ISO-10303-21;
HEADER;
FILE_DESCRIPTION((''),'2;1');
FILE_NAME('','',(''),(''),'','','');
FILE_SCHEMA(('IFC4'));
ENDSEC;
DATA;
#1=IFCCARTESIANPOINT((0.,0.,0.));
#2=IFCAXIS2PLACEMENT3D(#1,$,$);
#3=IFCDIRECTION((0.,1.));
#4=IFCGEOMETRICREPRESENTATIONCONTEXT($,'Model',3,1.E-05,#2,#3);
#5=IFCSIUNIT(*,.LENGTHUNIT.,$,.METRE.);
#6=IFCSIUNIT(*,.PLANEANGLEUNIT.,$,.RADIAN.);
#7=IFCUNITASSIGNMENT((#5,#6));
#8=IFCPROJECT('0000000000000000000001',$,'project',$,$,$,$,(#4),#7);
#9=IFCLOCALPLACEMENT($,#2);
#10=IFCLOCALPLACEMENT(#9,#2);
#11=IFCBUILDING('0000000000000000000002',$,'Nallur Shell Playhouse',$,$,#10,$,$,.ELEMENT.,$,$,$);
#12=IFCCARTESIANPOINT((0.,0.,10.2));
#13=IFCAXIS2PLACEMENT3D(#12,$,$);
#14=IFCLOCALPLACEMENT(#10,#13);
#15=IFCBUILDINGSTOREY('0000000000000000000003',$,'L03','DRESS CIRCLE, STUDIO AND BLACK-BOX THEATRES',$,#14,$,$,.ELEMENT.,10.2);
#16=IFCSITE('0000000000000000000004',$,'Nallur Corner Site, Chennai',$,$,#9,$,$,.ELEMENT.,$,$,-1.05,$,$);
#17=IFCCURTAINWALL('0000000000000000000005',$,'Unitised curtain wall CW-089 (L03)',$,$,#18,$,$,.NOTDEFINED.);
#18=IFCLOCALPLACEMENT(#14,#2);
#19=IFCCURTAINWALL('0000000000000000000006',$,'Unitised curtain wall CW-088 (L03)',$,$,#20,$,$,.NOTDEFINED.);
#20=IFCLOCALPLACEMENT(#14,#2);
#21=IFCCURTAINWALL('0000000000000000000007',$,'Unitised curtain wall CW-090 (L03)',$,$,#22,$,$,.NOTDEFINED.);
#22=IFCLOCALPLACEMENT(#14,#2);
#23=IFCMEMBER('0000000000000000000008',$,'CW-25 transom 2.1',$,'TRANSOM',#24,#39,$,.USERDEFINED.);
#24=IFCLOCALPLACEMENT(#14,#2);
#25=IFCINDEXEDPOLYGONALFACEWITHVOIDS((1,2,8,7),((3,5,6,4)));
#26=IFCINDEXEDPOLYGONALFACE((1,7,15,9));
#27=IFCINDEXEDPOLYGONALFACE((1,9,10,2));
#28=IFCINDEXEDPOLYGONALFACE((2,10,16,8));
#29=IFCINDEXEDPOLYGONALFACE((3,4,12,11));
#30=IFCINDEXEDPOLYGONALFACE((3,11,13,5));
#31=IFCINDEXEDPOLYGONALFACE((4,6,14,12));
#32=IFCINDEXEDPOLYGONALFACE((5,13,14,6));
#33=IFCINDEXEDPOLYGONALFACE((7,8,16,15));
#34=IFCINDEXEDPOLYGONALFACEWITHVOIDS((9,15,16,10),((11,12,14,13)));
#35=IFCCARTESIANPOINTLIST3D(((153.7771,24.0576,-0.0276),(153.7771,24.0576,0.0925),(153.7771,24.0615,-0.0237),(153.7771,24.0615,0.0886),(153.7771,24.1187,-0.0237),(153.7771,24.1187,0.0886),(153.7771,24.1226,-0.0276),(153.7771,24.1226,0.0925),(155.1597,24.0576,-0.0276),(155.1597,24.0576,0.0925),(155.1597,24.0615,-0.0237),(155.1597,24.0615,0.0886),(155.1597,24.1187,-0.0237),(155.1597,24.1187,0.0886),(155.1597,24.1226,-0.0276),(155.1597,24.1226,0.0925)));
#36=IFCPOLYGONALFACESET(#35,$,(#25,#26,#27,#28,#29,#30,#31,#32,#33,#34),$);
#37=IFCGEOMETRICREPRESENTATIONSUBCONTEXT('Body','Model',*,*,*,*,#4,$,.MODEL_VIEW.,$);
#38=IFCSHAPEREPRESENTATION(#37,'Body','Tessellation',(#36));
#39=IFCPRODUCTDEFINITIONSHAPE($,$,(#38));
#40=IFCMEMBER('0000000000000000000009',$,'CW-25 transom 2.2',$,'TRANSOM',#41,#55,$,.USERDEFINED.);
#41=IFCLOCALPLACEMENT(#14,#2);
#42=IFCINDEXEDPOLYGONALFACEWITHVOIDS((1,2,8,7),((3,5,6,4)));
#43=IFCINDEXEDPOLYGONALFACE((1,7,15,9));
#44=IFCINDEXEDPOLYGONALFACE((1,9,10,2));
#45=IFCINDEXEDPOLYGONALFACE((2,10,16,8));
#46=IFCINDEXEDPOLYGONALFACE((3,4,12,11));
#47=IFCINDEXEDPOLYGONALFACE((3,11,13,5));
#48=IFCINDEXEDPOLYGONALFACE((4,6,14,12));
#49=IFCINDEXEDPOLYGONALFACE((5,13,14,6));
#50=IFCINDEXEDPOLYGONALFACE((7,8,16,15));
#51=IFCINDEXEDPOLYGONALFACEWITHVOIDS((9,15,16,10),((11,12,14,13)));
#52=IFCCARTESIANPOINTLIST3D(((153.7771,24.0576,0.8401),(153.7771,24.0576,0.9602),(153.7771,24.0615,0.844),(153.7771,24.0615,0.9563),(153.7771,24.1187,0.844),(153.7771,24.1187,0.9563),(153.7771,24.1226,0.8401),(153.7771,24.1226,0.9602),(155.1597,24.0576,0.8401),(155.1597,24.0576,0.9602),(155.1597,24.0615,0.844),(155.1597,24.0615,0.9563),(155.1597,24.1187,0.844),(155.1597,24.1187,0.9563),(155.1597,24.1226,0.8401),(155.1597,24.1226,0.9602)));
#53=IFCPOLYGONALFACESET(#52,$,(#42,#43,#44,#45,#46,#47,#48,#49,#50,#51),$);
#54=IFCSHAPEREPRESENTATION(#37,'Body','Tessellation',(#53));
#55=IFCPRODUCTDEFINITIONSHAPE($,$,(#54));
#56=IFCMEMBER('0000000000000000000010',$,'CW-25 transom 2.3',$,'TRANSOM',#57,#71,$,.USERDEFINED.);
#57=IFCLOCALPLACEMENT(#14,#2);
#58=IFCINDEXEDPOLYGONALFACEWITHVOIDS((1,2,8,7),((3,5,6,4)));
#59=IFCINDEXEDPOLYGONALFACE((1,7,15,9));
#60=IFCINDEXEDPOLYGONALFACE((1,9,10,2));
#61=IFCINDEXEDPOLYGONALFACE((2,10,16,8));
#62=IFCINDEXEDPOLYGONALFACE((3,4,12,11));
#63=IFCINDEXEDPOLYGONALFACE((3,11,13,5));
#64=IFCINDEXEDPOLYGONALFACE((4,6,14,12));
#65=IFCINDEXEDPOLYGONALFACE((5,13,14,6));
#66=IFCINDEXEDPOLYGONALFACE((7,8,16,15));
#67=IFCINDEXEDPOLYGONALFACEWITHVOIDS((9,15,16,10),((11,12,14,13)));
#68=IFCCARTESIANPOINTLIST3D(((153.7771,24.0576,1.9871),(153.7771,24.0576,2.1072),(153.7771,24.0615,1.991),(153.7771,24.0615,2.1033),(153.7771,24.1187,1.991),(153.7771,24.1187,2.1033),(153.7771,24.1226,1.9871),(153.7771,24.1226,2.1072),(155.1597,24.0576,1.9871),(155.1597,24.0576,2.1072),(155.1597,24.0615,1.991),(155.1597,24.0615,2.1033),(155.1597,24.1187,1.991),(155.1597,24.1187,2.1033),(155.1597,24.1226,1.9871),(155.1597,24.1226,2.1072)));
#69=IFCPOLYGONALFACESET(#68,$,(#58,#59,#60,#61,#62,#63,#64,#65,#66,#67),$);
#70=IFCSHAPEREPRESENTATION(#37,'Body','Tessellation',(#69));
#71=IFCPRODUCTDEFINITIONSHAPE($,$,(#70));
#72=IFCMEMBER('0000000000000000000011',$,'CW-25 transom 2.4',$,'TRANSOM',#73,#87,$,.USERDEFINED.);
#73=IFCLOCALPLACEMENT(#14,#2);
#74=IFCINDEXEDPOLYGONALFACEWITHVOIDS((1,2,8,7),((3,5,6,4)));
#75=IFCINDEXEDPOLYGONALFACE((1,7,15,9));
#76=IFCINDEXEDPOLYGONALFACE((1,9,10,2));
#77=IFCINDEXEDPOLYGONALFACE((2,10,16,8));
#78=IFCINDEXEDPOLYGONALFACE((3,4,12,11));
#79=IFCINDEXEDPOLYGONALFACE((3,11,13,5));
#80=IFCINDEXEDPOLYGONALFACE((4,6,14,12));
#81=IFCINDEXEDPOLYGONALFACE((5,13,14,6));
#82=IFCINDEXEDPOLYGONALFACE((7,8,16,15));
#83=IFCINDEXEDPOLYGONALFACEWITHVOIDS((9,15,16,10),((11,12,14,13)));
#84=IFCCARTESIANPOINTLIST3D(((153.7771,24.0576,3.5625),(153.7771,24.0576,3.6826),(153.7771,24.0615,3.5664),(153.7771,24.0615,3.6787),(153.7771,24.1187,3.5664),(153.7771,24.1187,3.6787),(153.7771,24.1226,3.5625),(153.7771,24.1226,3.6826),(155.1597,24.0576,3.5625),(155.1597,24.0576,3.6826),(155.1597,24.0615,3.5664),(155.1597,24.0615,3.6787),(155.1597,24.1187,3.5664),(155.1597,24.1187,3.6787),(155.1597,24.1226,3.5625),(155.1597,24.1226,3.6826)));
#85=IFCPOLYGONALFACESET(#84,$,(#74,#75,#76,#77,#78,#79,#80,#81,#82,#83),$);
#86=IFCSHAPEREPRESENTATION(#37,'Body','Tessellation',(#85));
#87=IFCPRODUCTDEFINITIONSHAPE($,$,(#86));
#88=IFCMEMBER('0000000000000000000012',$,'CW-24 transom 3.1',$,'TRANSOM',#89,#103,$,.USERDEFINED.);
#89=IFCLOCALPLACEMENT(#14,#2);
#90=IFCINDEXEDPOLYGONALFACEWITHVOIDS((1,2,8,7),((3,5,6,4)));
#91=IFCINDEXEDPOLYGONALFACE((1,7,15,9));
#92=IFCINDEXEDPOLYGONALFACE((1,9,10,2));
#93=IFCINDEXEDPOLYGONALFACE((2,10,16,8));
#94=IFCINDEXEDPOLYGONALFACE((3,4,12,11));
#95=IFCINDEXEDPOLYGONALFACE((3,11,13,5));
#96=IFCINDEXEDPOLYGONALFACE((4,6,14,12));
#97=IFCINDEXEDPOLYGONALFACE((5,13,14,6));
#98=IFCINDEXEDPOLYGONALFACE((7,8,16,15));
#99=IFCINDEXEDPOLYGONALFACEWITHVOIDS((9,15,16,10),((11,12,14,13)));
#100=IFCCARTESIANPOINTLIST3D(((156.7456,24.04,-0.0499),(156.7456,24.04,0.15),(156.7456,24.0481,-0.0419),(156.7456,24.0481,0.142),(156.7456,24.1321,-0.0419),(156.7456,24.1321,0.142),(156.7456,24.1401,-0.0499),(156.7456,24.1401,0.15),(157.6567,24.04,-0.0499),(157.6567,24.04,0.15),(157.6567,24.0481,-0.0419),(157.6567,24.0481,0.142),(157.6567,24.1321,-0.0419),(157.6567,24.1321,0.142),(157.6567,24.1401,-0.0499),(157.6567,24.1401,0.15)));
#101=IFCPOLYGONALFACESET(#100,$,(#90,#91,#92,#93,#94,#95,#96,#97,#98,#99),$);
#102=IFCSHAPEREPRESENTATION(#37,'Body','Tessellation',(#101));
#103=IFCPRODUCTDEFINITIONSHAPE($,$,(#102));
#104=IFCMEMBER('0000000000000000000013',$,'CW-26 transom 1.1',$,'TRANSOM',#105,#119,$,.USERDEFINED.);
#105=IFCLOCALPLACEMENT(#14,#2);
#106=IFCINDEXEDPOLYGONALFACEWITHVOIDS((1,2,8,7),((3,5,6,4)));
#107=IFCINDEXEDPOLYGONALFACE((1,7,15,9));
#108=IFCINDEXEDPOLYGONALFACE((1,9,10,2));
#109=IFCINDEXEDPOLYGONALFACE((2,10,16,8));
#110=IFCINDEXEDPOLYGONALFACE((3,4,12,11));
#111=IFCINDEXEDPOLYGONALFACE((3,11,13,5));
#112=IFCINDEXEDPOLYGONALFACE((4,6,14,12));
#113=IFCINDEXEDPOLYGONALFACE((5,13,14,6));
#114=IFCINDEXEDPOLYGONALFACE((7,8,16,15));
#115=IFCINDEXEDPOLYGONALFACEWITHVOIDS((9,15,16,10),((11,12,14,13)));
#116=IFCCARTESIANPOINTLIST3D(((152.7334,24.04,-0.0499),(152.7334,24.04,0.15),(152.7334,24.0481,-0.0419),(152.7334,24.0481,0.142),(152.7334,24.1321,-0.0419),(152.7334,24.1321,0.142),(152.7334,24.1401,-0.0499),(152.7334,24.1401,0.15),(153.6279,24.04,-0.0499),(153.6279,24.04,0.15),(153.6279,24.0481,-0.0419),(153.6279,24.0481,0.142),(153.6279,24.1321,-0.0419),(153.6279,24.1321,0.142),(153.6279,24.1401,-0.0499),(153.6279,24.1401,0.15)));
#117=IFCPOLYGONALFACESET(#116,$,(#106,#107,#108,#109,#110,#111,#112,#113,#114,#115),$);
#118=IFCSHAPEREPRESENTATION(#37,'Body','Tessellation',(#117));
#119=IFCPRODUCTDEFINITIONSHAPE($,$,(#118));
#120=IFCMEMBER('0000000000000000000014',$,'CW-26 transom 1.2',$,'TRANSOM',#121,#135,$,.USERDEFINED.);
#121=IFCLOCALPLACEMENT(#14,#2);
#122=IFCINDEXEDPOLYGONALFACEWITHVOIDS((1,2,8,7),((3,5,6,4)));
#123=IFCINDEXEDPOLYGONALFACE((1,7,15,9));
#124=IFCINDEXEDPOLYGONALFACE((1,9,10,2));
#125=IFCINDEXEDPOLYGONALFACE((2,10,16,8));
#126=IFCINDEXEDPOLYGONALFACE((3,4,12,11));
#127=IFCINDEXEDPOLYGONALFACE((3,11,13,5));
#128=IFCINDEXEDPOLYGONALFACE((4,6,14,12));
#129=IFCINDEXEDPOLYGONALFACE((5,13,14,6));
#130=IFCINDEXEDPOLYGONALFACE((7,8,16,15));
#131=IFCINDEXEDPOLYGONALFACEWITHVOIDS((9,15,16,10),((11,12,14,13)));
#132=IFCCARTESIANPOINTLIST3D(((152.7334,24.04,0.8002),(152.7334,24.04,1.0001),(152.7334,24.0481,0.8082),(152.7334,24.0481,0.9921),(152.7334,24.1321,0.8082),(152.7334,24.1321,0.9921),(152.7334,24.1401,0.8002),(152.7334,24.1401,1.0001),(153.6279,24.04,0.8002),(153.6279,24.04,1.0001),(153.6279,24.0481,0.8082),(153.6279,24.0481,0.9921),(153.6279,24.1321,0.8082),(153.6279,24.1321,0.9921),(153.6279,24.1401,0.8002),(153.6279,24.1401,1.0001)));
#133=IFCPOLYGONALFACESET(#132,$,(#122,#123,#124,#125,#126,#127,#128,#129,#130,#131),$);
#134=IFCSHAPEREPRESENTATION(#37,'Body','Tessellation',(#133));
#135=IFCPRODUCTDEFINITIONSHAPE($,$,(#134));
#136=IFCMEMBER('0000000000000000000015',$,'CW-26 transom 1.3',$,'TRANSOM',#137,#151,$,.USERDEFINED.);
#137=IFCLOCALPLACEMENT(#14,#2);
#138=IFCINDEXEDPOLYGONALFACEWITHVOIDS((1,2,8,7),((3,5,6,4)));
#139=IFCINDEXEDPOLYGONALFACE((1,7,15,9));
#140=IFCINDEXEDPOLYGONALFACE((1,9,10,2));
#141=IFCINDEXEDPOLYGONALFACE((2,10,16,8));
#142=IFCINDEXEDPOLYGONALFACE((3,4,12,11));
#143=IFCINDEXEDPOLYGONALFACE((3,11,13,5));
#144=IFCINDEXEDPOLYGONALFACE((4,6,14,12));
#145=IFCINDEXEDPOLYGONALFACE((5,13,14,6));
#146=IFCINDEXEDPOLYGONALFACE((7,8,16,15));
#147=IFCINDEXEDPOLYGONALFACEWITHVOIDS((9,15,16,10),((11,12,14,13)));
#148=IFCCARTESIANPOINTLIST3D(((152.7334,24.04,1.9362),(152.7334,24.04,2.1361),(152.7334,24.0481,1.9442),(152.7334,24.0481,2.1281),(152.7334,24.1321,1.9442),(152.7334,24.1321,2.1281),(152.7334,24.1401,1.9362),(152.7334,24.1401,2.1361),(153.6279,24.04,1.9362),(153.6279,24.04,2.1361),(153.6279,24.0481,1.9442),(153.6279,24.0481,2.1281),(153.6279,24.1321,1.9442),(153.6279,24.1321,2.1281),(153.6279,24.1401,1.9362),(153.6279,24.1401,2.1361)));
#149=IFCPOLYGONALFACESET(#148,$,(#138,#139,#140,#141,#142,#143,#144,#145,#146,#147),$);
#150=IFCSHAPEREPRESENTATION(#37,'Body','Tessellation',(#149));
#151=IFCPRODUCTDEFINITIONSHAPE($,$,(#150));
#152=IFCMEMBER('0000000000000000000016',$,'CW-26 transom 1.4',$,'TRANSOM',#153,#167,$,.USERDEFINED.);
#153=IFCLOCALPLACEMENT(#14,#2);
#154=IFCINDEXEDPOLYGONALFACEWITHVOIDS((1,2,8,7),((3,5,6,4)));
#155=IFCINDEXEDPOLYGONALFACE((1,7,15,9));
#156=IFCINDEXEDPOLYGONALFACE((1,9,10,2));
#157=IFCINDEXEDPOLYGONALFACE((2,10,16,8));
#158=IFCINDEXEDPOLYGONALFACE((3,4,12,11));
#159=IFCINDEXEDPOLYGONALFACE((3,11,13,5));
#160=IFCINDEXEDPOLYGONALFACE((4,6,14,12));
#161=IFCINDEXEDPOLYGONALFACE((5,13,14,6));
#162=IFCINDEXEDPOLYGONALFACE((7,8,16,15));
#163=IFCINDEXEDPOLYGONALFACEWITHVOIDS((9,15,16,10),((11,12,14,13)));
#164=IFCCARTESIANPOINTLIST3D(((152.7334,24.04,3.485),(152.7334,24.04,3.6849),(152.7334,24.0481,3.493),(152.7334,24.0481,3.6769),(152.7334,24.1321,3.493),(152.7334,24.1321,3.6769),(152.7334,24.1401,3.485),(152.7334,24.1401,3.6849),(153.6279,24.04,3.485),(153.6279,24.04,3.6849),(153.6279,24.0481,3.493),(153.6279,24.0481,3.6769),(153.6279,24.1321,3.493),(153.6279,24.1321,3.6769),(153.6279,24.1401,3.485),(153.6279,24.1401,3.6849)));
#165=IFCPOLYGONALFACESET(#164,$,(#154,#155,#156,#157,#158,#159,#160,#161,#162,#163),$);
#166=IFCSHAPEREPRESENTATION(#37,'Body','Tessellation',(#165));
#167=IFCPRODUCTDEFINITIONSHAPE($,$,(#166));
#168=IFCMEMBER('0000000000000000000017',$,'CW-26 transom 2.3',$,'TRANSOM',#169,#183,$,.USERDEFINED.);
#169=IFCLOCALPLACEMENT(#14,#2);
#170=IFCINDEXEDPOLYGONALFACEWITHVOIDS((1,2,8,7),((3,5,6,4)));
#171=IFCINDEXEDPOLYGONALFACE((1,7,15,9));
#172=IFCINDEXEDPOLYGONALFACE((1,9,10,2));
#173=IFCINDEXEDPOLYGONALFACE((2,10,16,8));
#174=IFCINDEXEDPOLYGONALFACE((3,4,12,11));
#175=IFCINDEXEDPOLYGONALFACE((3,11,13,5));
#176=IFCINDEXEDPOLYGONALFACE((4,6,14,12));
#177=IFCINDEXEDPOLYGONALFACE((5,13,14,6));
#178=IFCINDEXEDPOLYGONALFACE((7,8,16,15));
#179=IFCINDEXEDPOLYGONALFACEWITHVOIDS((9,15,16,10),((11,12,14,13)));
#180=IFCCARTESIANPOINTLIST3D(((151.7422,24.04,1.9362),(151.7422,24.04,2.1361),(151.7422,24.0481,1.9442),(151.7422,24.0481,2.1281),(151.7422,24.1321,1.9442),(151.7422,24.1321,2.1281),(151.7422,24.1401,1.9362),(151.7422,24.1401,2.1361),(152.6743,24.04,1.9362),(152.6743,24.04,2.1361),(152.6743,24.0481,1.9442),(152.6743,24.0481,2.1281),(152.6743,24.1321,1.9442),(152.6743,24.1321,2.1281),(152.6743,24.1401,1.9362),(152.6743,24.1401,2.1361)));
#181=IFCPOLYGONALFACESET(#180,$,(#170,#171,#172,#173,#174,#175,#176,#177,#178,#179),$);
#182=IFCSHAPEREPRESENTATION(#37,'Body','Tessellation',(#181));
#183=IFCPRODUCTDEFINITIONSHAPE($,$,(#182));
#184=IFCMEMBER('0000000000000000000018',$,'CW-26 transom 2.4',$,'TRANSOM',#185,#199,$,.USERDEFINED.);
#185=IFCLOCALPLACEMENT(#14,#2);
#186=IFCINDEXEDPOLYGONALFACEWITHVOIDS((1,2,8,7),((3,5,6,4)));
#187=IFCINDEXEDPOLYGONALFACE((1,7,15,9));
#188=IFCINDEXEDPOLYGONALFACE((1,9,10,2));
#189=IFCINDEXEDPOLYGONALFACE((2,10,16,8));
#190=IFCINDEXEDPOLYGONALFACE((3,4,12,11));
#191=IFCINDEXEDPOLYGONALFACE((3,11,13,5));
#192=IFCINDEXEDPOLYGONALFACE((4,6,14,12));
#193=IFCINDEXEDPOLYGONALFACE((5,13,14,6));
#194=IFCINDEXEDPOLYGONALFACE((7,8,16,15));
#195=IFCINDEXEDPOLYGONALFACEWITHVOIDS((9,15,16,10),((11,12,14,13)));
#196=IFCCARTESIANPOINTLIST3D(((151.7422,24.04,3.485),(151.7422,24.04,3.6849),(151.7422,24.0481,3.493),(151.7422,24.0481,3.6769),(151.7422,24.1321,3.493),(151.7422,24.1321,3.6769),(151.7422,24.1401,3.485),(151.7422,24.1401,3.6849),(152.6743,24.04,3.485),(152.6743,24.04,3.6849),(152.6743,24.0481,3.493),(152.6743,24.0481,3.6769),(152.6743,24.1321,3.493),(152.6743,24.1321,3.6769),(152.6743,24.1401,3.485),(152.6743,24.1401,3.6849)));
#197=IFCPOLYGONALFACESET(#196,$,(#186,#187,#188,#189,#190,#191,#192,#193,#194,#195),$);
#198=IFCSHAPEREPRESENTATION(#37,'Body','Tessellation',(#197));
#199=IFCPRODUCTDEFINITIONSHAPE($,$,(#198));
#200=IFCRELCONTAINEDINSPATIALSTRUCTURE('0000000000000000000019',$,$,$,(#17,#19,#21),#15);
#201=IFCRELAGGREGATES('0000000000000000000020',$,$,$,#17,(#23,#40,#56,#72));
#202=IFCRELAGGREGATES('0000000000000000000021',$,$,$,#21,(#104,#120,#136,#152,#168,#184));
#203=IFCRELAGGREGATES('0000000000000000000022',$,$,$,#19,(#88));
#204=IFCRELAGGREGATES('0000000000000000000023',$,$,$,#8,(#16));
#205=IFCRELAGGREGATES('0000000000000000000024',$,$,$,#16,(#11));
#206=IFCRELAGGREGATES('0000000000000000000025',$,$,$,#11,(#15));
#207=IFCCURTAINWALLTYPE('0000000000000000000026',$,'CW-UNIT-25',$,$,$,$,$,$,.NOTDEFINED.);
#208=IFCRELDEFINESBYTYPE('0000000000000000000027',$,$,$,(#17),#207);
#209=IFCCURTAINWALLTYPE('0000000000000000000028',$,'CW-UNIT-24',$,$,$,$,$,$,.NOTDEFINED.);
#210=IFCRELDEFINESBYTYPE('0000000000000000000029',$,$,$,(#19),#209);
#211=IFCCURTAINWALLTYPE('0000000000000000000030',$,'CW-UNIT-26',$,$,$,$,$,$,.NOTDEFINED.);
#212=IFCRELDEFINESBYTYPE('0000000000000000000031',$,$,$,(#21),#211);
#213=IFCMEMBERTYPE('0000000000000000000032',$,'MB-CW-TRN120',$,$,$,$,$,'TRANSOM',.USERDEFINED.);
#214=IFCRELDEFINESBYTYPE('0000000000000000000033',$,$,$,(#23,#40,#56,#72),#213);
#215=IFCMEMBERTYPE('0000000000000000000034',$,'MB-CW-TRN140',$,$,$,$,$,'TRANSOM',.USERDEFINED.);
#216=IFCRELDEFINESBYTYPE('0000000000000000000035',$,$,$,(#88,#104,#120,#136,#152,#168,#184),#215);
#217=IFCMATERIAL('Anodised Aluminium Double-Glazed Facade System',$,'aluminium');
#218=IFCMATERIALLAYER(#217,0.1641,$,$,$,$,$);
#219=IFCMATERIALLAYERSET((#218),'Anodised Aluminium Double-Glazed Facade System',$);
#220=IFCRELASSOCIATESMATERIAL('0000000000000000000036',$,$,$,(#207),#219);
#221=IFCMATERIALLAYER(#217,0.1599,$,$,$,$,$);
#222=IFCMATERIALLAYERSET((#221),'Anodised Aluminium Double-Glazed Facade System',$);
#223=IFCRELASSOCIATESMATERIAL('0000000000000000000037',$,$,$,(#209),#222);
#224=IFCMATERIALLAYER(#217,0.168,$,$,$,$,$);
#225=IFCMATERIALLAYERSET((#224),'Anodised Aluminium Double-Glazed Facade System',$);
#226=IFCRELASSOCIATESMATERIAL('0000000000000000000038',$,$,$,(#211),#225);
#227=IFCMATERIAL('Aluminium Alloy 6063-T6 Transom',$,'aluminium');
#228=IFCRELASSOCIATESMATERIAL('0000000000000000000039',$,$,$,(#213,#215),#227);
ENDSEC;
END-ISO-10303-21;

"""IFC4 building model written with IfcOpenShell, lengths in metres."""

from ifc_helpers import new_model, si_unit, direction, frame, origin, origin_2d, place, context, subcontext, project, spatial, hollow_rectangle, extrude, material, layer, layer_set, material_profile, profile_set, type_object, element, aggregate, save


model = new_model("IFC4")

# Units and contexts
model_context = context("Model", 3, precision=1e-05, world=origin(), true_north=direction((0.0, 1.0)))
body_context = subcontext(model_context, "Body", "Model", "MODEL_VIEW")
ifc_project = project(units=[si_unit("LENGTHUNIT", "METRE"), si_unit("PLANEANGLEUNIT", "RADIAN")], contexts=[model_context])

# Site, building, storey
site_placement = place(None, origin())
site = spatial("IfcSite", under=ifc_project, at=site_placement, Name="Nallur Corner Site, Chennai", CompositionType="ELEMENT", RefElevation=-1.05)
building_placement = place(site_placement, origin())
building = spatial("IfcBuilding", under=site, at=building_placement, Name="Nallur Shell Playhouse", CompositionType="ELEMENT")
storey_placement = place(building_placement, frame((0.0, 0.0, 10.2)))
storey = spatial("IfcBuildingStorey", under=building, at=storey_placement, Name="L03", Description="DRESS CIRCLE, STUDIO AND BLACK-BOX THEATRES", CompositionType="ELEMENT", Elevation=10.2)

# Curtain wall
ifc_material_1 = material(Name="Anodised Aluminium Double-Glazed Facade System", Category="aluminium")
ifc_layer_1 = layer(ifc_material_1, 0.1641)
ifc_layer_set_1 = layer_set([ifc_layer_1], Name="Anodised Aluminium Double-Glazed Facade System")
curtain_wall_type_1 = type_object("IfcCurtainWallType", Name="CW-UNIT-25", PredefinedType="NOTDEFINED", material=ifc_layer_set_1)
curtain_wall_1_placement = place(storey_placement, origin())
curtain_wall_1 = element("IfcCurtainWall", 1, at=curtain_wall_1_placement, inside=storey, type_object=curtain_wall_type_1, Name="Unitised curtain wall CW-089 (L03)", PredefinedType="NOTDEFINED")

# Curtain wall
ifc_layer_2 = layer(ifc_material_1, 0.1599)
ifc_layer_set_2 = layer_set([ifc_layer_2], Name="Anodised Aluminium Double-Glazed Facade System")
curtain_wall_type_2 = type_object("IfcCurtainWallType", Name="CW-UNIT-24", PredefinedType="NOTDEFINED", material=ifc_layer_set_2)
curtain_wall_2_placement = place(storey_placement, origin())
curtain_wall_2 = element("IfcCurtainWall", 2, at=curtain_wall_2_placement, inside=storey, type_object=curtain_wall_type_2, Name="Unitised curtain wall CW-088 (L03)", PredefinedType="NOTDEFINED")

# Curtain wall
ifc_layer_3 = layer(ifc_material_1, 0.168)
ifc_layer_set_3 = layer_set([ifc_layer_3], Name="Anodised Aluminium Double-Glazed Facade System")
curtain_wall_type_3 = type_object("IfcCurtainWallType", Name="CW-UNIT-26", PredefinedType="NOTDEFINED", material=ifc_layer_set_3)
curtain_wall_3_placement = place(storey_placement, origin())
curtain_wall_3 = element("IfcCurtainWall", 3, at=curtain_wall_3_placement, inside=storey, type_object=curtain_wall_type_3, Name="Unitised curtain wall CW-090 (L03)", PredefinedType="NOTDEFINED")

# Members
ifc_material_2 = material(Name="Aluminium Alloy 6063-T6 Transom", Category="aluminium")
ifc_material_profile_1 = material_profile(ifc_material_2, hollow_rectangle(XDim=0.0649, YDim=0.1201, WallThickness=0.0039, at=origin_2d()), Name="ALU 65x120x4")
ifc_profile_set_1 = profile_set([ifc_material_profile_1], Name="Aluminium Alloy 6063-T6 Transom")
member_type_1 = type_object("IfcMemberType", Name="MB-CW-TRN120", ElementType="TRANSOM", PredefinedType="USERDEFINED", material=ifc_profile_set_1)
member_1_placement = place(storey_placement, frame((155.1597, 24.0901, 0.0325), z_axis=(-1.0, 0.0, 0.0), x_axis=(0.0, -1.0, 0.0)))
member_1 = element("IfcMember", 4, at=member_1_placement, type_object=member_type_1, Name="CW-25 transom 2.1", ObjectType="TRANSOM", PredefinedType="USERDEFINED", context=body_context, shape_type="SweptSolid", body=[
    extrude(hollow_rectangle(XDim=0.0649, YDim=0.1201, WallThickness=0.0039, at=origin_2d()), origin(), (0.0, 0.0, 1.0), 1.3826),
])
member_2_placement = place(storey_placement, frame((155.1597, 24.0901, 0.9001), z_axis=(-1.0, 0.0, 0.0), x_axis=(0.0, -1.0, 0.0)))
member_2 = element("IfcMember", 5, at=member_2_placement, type_object=member_type_1, Name="CW-25 transom 2.2", ObjectType="TRANSOM", PredefinedType="USERDEFINED", context=body_context, shape_type="SweptSolid", body=[
    extrude(hollow_rectangle(XDim=0.0649, YDim=0.1201, WallThickness=0.0039, at=origin_2d()), origin(), (0.0, 0.0, 1.0), 1.3826),
])
member_3_placement = place(storey_placement, frame((155.1597, 24.0901, 2.0471), z_axis=(-1.0, 0.0, 0.0), x_axis=(0.0, -1.0, 0.0)))
member_3 = element("IfcMember", 6, at=member_3_placement, type_object=member_type_1, Name="CW-25 transom 2.3", ObjectType="TRANSOM", PredefinedType="USERDEFINED", context=body_context, shape_type="SweptSolid", body=[
    extrude(hollow_rectangle(XDim=0.0649, YDim=0.1201, WallThickness=0.0039, at=origin_2d()), origin(), (0.0, 0.0, 1.0), 1.3826),
])
member_4_placement = place(storey_placement, frame((155.1597, 24.0901, 3.6226), z_axis=(-1.0, 0.0, 0.0), x_axis=(0.0, -1.0, 0.0)))
member_4 = element("IfcMember", 7, at=member_4_placement, type_object=member_type_1, Name="CW-25 transom 2.4", ObjectType="TRANSOM", PredefinedType="USERDEFINED", context=body_context, shape_type="SweptSolid", body=[
    extrude(hollow_rectangle(XDim=0.0649, YDim=0.1201, WallThickness=0.0039, at=origin_2d()), origin(), (0.0, 0.0, 1.0), 1.3826),
])
ifc_material_profile_2 = material_profile(ifc_material_2, hollow_rectangle(XDim=0.1001, YDim=0.2, WallThickness=0.0081, at=origin_2d()), Name="RHS 200x100x8")
ifc_profile_set_2 = profile_set([ifc_material_profile_2], Name="Aluminium Alloy 6063-T6 Transom")
member_type_2 = type_object("IfcMemberType", Name="MB-CW-TRN140", ElementType="TRANSOM", PredefinedType="USERDEFINED", material=ifc_profile_set_2)
member_5_placement = place(storey_placement, frame((157.6567, 24.0901, 0.05), z_axis=(-1.0, 0.0, 0.0), x_axis=(0.0, -1.0, 0.0)))
member_5 = element("IfcMember", 8, at=member_5_placement, type_object=member_type_2, Name="CW-24 transom 3.1", ObjectType="TRANSOM", PredefinedType="USERDEFINED", context=body_context, shape_type="SweptSolid", body=[
    extrude(hollow_rectangle(XDim=0.1001, YDim=0.2, WallThickness=0.0081, at=origin_2d()), origin(), (0.0, 0.0, 1.0), 0.9111),
])
member_6_placement = place(storey_placement, frame((153.6279, 24.0901, 0.05), z_axis=(-1.0, 0.0, 0.0), x_axis=(0.0, -1.0, 0.0)))
member_6 = element("IfcMember", 9, at=member_6_placement, type_object=member_type_2, Name="CW-26 transom 1.1", ObjectType="TRANSOM", PredefinedType="USERDEFINED", context=body_context, shape_type="SweptSolid", body=[
    extrude(hollow_rectangle(XDim=0.1001, YDim=0.2, WallThickness=0.0081, at=origin_2d()), origin(), (0.0, 0.0, 1.0), 0.8945),
])
member_7_placement = place(storey_placement, frame((153.6279, 24.0901, 0.9001), z_axis=(-1.0, 0.0, 0.0), x_axis=(0.0, -1.0, 0.0)))
member_7 = element("IfcMember", 10, at=member_7_placement, type_object=member_type_2, Name="CW-26 transom 1.2", ObjectType="TRANSOM", PredefinedType="USERDEFINED", context=body_context, shape_type="SweptSolid", body=[
    extrude(hollow_rectangle(XDim=0.1001, YDim=0.2, WallThickness=0.0081, at=origin_2d()), origin(), (0.0, 0.0, 1.0), 0.8945),
])
member_8_placement = place(storey_placement, frame((153.6279, 24.0901, 2.0361), z_axis=(-1.0, 0.0, 0.0), x_axis=(0.0, -1.0, 0.0)))
member_8 = element("IfcMember", 11, at=member_8_placement, type_object=member_type_2, Name="CW-26 transom 1.3", ObjectType="TRANSOM", PredefinedType="USERDEFINED", context=body_context, shape_type="SweptSolid", body=[
    extrude(hollow_rectangle(XDim=0.1001, YDim=0.2, WallThickness=0.0081, at=origin_2d()), origin(), (0.0, 0.0, 1.0), 0.8945),
])
member_9_placement = place(storey_placement, frame((153.6279, 24.0901, 3.585), z_axis=(-1.0, 0.0, 0.0), x_axis=(0.0, -1.0, 0.0)))
member_9 = element("IfcMember", 12, at=member_9_placement, type_object=member_type_2, Name="CW-26 transom 1.4", ObjectType="TRANSOM", PredefinedType="USERDEFINED", context=body_context, shape_type="SweptSolid", body=[
    extrude(hollow_rectangle(XDim=0.1001, YDim=0.2, WallThickness=0.0081, at=origin_2d()), origin(), (0.0, 0.0, 1.0), 0.8945),
])
member_10_placement = place(storey_placement, frame((152.6743, 24.0901, 2.0361), z_axis=(-1.0, 0.0, 0.0), x_axis=(0.0, -1.0, 0.0)))
member_10 = element("IfcMember", 13, at=member_10_placement, type_object=member_type_2, Name="CW-26 transom 2.3", ObjectType="TRANSOM", PredefinedType="USERDEFINED", context=body_context, shape_type="SweptSolid", body=[
    extrude(hollow_rectangle(XDim=0.1001, YDim=0.2, WallThickness=0.0081, at=origin_2d()), origin(), (0.0, 0.0, 1.0), 0.9321),
])
member_11_placement = place(storey_placement, frame((152.6743, 24.0901, 3.585), z_axis=(-1.0, 0.0, 0.0), x_axis=(0.0, -1.0, 0.0)))
member_11 = element("IfcMember", 14, at=member_11_placement, type_object=member_type_2, Name="CW-26 transom 2.4", ObjectType="TRANSOM", PredefinedType="USERDEFINED", context=body_context, shape_type="SweptSolid", body=[
    extrude(hollow_rectangle(XDim=0.1001, YDim=0.2, WallThickness=0.0081, at=origin_2d()), origin(), (0.0, 0.0, 1.0), 0.9321),
])

aggregate(curtain_wall_1, [member_1, member_2, member_3, member_4])
aggregate(curtain_wall_3, [member_6, member_7, member_8, member_9, member_10, member_11])
aggregate(curtain_wall_2, [member_5])

save(model, "model.ifc")
